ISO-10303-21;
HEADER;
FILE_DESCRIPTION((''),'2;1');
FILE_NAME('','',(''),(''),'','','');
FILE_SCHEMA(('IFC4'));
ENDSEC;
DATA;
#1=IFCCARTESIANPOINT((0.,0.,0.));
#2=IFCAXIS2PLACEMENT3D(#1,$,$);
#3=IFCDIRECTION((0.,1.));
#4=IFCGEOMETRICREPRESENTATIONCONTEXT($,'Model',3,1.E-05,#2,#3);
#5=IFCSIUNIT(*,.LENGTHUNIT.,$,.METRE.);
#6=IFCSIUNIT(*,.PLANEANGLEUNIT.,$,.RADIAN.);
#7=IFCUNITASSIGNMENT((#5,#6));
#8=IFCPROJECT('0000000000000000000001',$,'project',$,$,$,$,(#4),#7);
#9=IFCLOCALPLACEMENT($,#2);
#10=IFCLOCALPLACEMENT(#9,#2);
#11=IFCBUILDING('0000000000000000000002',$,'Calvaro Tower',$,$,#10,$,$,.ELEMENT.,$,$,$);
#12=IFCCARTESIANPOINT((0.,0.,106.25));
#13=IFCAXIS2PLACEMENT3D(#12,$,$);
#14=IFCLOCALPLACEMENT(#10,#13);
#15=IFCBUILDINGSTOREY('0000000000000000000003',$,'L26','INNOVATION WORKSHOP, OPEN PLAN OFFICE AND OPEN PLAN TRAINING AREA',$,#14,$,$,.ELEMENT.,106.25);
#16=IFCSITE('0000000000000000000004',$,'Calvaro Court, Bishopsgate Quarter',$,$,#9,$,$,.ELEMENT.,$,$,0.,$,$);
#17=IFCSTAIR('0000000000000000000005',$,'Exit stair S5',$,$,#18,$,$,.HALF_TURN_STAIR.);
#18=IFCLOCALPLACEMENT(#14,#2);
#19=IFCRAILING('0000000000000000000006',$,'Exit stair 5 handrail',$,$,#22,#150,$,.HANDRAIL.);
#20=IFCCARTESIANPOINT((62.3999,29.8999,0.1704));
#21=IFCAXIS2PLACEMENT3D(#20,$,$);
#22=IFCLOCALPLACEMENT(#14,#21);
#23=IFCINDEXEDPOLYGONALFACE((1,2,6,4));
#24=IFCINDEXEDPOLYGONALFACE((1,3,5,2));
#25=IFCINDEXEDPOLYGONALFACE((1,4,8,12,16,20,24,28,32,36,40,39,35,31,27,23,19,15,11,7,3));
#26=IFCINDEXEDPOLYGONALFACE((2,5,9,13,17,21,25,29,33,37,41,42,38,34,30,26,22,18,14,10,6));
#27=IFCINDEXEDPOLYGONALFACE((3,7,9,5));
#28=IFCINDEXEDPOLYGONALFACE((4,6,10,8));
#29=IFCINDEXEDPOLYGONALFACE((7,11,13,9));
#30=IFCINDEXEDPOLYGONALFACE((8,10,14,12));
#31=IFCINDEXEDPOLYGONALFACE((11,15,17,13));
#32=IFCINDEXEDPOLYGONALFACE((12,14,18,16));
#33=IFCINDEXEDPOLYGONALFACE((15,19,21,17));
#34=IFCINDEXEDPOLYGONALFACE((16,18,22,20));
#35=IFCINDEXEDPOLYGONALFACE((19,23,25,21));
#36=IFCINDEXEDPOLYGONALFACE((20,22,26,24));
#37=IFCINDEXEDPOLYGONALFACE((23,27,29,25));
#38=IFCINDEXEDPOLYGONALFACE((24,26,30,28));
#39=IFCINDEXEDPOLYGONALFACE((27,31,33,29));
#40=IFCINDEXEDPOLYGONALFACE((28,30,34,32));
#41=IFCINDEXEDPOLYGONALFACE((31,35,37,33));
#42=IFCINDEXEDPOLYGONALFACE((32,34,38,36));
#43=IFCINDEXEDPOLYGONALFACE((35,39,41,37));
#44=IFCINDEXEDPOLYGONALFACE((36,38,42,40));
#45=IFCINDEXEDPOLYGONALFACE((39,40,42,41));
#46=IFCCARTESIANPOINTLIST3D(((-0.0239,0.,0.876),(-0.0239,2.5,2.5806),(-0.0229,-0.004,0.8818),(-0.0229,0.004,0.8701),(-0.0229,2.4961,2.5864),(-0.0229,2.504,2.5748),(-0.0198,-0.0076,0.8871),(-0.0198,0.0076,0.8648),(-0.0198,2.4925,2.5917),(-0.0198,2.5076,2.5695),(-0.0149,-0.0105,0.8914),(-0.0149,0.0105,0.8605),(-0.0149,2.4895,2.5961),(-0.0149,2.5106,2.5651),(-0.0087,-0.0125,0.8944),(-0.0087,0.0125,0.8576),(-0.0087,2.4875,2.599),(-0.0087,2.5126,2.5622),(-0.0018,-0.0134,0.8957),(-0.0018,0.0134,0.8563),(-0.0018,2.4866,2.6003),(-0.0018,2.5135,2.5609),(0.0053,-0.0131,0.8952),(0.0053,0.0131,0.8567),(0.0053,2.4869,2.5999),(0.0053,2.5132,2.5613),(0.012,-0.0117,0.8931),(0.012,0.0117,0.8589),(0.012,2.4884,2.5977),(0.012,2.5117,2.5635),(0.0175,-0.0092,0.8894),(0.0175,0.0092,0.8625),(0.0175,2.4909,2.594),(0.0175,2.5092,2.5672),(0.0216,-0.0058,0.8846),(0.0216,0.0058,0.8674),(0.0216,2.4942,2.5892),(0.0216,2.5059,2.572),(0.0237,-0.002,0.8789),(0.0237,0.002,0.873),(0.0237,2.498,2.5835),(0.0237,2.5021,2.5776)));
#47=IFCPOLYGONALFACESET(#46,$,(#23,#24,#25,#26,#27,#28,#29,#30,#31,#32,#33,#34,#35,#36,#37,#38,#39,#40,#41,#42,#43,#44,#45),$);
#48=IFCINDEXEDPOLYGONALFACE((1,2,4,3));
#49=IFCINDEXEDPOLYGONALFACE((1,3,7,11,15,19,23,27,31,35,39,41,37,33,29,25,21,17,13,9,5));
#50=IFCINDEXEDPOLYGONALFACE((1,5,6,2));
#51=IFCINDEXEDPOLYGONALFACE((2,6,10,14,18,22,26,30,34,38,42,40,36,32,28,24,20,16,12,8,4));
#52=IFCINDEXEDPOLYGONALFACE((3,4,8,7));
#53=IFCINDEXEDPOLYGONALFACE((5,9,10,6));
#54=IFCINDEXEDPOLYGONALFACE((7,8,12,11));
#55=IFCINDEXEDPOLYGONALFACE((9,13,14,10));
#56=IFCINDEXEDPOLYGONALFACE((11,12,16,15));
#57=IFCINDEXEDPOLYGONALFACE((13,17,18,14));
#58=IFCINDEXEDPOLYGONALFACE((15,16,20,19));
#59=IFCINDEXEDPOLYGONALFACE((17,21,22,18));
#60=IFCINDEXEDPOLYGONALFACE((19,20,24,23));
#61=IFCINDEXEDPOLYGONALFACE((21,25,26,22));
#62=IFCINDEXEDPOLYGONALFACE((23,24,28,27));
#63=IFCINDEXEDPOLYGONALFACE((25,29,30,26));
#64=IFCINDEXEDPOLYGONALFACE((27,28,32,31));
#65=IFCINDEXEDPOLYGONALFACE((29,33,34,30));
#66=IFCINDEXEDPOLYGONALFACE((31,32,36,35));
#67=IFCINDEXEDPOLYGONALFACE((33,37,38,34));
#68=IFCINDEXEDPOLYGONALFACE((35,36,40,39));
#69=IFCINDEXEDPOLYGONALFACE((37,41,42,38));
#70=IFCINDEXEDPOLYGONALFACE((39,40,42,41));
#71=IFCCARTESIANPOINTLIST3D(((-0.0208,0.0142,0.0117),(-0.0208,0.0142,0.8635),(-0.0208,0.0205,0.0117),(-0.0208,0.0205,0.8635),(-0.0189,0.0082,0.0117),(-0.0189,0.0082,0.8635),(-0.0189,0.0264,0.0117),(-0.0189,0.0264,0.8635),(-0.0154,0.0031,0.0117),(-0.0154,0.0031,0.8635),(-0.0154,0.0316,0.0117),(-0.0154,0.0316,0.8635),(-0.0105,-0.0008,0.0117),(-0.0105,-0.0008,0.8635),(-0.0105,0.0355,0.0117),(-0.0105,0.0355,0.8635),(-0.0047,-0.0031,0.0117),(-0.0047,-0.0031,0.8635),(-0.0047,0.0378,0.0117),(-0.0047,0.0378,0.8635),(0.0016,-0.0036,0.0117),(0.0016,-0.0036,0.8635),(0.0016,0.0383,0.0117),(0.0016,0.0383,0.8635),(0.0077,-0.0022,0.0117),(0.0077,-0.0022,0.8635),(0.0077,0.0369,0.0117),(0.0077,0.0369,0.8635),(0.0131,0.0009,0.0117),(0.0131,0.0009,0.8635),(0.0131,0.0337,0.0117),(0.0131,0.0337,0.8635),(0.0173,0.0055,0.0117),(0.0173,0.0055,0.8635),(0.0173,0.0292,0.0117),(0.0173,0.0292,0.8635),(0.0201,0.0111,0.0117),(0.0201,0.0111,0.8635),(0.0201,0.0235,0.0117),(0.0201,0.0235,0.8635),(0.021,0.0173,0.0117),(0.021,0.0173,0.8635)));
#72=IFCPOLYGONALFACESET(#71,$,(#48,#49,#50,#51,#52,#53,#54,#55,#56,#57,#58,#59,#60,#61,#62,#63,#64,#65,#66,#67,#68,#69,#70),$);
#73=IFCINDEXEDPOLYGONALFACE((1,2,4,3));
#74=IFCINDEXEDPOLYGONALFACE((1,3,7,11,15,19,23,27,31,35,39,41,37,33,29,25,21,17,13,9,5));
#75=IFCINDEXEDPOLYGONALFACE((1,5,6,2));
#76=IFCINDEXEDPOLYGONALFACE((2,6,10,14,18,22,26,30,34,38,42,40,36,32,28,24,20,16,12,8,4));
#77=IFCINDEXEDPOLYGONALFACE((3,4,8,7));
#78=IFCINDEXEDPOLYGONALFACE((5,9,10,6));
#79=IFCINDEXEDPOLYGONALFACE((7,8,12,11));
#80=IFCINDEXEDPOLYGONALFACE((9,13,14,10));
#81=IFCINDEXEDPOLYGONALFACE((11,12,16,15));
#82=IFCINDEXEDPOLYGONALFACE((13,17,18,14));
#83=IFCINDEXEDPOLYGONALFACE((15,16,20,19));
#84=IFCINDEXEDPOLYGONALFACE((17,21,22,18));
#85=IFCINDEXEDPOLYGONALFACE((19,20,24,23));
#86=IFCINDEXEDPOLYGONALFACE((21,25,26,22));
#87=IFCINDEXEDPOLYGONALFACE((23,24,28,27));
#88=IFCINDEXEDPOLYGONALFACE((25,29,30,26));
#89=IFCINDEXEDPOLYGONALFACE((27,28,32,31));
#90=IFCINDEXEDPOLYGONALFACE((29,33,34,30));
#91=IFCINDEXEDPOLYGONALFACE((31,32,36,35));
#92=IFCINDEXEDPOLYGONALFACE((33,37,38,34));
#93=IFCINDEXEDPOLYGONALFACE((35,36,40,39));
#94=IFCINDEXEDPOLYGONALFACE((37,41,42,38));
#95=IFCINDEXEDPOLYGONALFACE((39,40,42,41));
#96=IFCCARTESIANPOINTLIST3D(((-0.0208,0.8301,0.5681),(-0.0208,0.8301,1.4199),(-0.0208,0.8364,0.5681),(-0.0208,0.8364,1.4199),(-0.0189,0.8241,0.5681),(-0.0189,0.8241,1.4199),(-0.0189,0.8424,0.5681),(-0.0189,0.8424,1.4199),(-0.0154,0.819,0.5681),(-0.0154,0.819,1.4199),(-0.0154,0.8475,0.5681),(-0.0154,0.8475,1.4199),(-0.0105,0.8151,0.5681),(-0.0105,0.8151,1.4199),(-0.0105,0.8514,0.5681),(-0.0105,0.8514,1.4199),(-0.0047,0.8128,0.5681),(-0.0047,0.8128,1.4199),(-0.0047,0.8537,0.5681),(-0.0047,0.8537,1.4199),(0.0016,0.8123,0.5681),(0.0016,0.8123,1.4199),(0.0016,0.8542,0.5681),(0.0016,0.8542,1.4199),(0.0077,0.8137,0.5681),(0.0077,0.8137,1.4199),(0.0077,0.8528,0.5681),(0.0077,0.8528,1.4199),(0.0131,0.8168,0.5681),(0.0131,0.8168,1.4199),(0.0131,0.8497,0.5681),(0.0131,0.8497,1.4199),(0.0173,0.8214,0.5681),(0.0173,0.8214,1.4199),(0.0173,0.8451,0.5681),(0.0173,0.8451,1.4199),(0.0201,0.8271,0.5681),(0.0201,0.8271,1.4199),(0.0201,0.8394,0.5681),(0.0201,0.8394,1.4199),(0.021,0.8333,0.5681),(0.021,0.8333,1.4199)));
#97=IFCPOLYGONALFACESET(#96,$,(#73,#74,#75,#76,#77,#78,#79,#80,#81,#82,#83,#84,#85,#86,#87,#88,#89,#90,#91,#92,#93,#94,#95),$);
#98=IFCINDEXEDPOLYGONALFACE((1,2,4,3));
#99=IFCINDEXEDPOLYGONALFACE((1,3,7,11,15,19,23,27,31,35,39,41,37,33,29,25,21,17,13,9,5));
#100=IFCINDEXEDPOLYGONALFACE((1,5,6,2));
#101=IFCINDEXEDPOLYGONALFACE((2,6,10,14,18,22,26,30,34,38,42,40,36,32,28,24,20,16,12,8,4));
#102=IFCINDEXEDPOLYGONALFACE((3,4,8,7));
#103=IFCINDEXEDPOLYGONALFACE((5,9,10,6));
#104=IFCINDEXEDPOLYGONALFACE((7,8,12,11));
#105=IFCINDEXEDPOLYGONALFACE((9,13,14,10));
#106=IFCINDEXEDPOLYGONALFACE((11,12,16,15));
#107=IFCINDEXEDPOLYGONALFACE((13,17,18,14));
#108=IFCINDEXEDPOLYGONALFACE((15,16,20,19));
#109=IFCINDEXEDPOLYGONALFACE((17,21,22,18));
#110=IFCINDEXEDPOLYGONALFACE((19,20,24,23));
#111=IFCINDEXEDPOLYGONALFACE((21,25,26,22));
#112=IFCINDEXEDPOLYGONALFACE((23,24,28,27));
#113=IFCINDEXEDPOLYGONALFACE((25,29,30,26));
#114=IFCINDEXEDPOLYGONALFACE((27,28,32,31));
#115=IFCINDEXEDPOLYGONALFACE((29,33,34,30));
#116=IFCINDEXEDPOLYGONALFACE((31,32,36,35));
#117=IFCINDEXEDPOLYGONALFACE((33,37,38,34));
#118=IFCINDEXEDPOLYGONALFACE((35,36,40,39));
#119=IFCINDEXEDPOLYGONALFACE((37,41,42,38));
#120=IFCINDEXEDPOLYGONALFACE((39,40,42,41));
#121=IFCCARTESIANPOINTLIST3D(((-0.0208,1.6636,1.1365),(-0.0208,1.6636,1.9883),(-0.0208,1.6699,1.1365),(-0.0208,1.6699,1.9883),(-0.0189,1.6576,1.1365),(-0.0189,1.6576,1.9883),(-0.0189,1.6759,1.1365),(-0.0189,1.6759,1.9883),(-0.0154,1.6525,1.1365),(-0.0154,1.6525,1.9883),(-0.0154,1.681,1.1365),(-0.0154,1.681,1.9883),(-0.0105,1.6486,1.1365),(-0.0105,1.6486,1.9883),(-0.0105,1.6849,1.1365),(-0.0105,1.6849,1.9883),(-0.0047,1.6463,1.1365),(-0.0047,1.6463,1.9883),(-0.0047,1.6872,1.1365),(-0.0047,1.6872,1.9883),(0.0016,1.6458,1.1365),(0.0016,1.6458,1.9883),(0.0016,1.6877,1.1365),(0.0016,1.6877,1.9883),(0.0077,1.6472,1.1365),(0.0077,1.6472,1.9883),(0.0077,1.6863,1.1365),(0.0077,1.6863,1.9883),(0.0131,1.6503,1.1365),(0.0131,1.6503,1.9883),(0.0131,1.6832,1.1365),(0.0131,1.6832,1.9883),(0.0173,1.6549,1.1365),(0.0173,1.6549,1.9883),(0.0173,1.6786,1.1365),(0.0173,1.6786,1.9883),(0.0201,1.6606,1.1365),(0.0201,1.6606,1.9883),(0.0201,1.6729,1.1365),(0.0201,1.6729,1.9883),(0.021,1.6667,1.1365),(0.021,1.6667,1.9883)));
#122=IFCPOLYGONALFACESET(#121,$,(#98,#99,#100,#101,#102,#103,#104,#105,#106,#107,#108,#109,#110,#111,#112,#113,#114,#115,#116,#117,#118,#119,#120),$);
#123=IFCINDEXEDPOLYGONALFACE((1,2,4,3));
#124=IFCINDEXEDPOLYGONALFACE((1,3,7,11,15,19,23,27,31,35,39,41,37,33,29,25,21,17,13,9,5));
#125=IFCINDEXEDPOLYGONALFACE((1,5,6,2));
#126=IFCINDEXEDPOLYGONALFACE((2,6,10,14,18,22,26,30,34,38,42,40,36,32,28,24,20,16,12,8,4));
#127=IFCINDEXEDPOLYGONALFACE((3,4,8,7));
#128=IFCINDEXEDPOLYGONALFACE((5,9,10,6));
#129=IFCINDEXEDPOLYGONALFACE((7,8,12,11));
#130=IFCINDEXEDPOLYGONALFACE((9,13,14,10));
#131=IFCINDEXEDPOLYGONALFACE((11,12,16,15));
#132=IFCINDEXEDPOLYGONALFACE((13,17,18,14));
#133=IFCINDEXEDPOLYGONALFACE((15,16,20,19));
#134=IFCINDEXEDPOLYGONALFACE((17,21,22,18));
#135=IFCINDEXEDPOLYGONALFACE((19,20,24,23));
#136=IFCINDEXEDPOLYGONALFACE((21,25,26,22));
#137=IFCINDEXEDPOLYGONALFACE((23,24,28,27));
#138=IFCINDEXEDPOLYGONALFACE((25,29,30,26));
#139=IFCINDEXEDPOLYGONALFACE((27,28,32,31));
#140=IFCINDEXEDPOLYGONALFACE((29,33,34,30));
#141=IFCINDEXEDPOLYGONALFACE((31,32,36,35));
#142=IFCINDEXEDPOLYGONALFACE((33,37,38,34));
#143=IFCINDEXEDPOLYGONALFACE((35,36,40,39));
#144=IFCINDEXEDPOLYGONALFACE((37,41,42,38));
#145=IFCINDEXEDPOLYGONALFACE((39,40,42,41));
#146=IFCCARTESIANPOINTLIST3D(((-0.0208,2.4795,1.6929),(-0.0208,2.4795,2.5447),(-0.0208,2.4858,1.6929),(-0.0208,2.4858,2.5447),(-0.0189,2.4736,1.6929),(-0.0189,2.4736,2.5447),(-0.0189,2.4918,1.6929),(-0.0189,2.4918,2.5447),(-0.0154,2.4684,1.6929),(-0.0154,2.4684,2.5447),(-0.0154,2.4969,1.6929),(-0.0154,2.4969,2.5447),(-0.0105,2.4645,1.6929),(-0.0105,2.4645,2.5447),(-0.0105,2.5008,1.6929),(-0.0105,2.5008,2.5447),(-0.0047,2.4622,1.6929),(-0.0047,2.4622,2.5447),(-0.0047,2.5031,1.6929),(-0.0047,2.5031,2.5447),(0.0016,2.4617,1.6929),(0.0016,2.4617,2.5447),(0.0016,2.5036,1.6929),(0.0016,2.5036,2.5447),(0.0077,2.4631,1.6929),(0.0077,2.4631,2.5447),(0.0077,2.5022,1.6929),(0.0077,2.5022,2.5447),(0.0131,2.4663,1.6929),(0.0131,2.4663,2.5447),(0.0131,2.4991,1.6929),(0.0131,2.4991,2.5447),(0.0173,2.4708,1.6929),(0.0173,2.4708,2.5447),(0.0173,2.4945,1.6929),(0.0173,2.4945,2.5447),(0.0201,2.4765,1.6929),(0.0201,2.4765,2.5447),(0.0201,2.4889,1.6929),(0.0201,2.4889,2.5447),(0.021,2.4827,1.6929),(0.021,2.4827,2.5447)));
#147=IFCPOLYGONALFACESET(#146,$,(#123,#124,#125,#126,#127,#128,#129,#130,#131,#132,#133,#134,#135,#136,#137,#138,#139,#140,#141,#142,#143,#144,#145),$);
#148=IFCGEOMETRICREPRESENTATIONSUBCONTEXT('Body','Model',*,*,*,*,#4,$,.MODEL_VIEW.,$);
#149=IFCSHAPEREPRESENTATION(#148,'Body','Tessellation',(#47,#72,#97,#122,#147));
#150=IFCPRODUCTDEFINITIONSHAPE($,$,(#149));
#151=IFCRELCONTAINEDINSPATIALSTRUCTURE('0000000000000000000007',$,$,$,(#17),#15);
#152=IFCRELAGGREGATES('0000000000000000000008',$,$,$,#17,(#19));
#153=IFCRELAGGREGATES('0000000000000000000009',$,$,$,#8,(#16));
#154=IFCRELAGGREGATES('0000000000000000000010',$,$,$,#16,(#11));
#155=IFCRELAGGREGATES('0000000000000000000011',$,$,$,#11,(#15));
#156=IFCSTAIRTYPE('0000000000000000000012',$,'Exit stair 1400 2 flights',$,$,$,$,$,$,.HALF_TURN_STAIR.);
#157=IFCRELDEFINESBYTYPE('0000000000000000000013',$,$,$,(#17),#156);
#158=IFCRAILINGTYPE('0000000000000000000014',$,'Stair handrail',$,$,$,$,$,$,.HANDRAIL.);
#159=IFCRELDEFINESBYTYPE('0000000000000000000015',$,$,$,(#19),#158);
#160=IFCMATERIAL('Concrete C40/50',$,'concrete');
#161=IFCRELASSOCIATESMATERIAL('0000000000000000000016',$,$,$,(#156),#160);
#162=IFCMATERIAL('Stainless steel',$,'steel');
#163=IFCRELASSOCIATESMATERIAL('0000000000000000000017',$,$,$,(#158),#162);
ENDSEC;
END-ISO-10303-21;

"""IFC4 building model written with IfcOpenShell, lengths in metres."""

from ifc_helpers import new_model, si_unit, direction, frame, origin, origin_2d, place, context, subcontext, project, spatial, circle, extrude, material, type_object, element, aggregate, save


model = new_model("IFC4")

# Units and contexts
model_context = context("Model", 3, precision=1e-05, world=origin(), true_north=direction((0.0, 1.0)))
body_context = subcontext(model_context, "Body", "Model", "MODEL_VIEW")
ifc_project = project(units=[si_unit("LENGTHUNIT", "METRE"), si_unit("PLANEANGLEUNIT", "RADIAN")], contexts=[model_context])

# Site, building, storey
site_placement = place(None, origin())
site = spatial("IfcSite", under=ifc_project, at=site_placement, Name="Calvaro Court, Bishopsgate Quarter", CompositionType="ELEMENT", RefElevation=0.0)
building_placement = place(site_placement, origin())
building = spatial("IfcBuilding", under=site, at=building_placement, Name="Calvaro Tower", CompositionType="ELEMENT")
storey_placement = place(building_placement, frame((0.0, 0.0, 106.25)))
storey = spatial("IfcBuildingStorey", under=building, at=storey_placement, Name="L26", Description="INNOVATION WORKSHOP, OPEN PLAN OFFICE AND OPEN PLAN TRAINING AREA", CompositionType="ELEMENT", Elevation=106.25)

# Stair
ifc_material_1 = material(Name="Concrete C40/50", Category="concrete")
stair_type = type_object("IfcStairType", Name="Exit stair 1400 2 flights", PredefinedType="HALF_TURN_STAIR", material=ifc_material_1)
stair_1_placement = place(storey_placement, origin())
stair_1 = element("IfcStair", 1, at=stair_1_placement, inside=storey, type_object=stair_type, Name="Exit stair S5", PredefinedType="HALF_TURN_STAIR")

# Shared definitions
ifc_material_2 = material(Name="Stainless steel", Category="steel")
railing_type = type_object("IfcRailingType", Name="Stair handrail", PredefinedType="HANDRAIL", material=ifc_material_2)

# Railing
railing_1_placement = place(storey_placement, frame((62.3999, 29.8999, 0.1704)))
railing_1 = element("IfcRailing", 2, at=railing_1_placement, type_object=railing_type, Name="Exit stair 5 handrail", PredefinedType="HANDRAIL", context=body_context, shape_type="SweptSolid", body=[
    extrude(circle(Radius=0.0239, at=origin_2d()), frame((0.0, 0.0, 0.876), z_axis=(0.0, 0.826221, 0.563347), x_axis=(-1.0, 0.0, 0.0)), (0.0, 0.0, 1.0), 3.0259),
    extrude(circle(Radius=0.021, at=origin_2d()), frame((0.0, 0.0173, 0.0117)), (0.0, 0.0, 1.0), 0.8518),
    extrude(circle(Radius=0.021, at=origin_2d()), frame((0.0, 0.8333, 0.5681)), (0.0, 0.0, 1.0), 0.8518),
    extrude(circle(Radius=0.021, at=origin_2d()), frame((0.0, 1.6667, 1.1365)), (0.0, 0.0, 1.0), 0.8518),
    extrude(circle(Radius=0.021, at=origin_2d()), frame((0.0, 2.4827, 1.6929)), (0.0, 0.0, 1.0), 0.8518),
])
aggregate(stair_1, [railing_1])

save(model, "model.ifc")
